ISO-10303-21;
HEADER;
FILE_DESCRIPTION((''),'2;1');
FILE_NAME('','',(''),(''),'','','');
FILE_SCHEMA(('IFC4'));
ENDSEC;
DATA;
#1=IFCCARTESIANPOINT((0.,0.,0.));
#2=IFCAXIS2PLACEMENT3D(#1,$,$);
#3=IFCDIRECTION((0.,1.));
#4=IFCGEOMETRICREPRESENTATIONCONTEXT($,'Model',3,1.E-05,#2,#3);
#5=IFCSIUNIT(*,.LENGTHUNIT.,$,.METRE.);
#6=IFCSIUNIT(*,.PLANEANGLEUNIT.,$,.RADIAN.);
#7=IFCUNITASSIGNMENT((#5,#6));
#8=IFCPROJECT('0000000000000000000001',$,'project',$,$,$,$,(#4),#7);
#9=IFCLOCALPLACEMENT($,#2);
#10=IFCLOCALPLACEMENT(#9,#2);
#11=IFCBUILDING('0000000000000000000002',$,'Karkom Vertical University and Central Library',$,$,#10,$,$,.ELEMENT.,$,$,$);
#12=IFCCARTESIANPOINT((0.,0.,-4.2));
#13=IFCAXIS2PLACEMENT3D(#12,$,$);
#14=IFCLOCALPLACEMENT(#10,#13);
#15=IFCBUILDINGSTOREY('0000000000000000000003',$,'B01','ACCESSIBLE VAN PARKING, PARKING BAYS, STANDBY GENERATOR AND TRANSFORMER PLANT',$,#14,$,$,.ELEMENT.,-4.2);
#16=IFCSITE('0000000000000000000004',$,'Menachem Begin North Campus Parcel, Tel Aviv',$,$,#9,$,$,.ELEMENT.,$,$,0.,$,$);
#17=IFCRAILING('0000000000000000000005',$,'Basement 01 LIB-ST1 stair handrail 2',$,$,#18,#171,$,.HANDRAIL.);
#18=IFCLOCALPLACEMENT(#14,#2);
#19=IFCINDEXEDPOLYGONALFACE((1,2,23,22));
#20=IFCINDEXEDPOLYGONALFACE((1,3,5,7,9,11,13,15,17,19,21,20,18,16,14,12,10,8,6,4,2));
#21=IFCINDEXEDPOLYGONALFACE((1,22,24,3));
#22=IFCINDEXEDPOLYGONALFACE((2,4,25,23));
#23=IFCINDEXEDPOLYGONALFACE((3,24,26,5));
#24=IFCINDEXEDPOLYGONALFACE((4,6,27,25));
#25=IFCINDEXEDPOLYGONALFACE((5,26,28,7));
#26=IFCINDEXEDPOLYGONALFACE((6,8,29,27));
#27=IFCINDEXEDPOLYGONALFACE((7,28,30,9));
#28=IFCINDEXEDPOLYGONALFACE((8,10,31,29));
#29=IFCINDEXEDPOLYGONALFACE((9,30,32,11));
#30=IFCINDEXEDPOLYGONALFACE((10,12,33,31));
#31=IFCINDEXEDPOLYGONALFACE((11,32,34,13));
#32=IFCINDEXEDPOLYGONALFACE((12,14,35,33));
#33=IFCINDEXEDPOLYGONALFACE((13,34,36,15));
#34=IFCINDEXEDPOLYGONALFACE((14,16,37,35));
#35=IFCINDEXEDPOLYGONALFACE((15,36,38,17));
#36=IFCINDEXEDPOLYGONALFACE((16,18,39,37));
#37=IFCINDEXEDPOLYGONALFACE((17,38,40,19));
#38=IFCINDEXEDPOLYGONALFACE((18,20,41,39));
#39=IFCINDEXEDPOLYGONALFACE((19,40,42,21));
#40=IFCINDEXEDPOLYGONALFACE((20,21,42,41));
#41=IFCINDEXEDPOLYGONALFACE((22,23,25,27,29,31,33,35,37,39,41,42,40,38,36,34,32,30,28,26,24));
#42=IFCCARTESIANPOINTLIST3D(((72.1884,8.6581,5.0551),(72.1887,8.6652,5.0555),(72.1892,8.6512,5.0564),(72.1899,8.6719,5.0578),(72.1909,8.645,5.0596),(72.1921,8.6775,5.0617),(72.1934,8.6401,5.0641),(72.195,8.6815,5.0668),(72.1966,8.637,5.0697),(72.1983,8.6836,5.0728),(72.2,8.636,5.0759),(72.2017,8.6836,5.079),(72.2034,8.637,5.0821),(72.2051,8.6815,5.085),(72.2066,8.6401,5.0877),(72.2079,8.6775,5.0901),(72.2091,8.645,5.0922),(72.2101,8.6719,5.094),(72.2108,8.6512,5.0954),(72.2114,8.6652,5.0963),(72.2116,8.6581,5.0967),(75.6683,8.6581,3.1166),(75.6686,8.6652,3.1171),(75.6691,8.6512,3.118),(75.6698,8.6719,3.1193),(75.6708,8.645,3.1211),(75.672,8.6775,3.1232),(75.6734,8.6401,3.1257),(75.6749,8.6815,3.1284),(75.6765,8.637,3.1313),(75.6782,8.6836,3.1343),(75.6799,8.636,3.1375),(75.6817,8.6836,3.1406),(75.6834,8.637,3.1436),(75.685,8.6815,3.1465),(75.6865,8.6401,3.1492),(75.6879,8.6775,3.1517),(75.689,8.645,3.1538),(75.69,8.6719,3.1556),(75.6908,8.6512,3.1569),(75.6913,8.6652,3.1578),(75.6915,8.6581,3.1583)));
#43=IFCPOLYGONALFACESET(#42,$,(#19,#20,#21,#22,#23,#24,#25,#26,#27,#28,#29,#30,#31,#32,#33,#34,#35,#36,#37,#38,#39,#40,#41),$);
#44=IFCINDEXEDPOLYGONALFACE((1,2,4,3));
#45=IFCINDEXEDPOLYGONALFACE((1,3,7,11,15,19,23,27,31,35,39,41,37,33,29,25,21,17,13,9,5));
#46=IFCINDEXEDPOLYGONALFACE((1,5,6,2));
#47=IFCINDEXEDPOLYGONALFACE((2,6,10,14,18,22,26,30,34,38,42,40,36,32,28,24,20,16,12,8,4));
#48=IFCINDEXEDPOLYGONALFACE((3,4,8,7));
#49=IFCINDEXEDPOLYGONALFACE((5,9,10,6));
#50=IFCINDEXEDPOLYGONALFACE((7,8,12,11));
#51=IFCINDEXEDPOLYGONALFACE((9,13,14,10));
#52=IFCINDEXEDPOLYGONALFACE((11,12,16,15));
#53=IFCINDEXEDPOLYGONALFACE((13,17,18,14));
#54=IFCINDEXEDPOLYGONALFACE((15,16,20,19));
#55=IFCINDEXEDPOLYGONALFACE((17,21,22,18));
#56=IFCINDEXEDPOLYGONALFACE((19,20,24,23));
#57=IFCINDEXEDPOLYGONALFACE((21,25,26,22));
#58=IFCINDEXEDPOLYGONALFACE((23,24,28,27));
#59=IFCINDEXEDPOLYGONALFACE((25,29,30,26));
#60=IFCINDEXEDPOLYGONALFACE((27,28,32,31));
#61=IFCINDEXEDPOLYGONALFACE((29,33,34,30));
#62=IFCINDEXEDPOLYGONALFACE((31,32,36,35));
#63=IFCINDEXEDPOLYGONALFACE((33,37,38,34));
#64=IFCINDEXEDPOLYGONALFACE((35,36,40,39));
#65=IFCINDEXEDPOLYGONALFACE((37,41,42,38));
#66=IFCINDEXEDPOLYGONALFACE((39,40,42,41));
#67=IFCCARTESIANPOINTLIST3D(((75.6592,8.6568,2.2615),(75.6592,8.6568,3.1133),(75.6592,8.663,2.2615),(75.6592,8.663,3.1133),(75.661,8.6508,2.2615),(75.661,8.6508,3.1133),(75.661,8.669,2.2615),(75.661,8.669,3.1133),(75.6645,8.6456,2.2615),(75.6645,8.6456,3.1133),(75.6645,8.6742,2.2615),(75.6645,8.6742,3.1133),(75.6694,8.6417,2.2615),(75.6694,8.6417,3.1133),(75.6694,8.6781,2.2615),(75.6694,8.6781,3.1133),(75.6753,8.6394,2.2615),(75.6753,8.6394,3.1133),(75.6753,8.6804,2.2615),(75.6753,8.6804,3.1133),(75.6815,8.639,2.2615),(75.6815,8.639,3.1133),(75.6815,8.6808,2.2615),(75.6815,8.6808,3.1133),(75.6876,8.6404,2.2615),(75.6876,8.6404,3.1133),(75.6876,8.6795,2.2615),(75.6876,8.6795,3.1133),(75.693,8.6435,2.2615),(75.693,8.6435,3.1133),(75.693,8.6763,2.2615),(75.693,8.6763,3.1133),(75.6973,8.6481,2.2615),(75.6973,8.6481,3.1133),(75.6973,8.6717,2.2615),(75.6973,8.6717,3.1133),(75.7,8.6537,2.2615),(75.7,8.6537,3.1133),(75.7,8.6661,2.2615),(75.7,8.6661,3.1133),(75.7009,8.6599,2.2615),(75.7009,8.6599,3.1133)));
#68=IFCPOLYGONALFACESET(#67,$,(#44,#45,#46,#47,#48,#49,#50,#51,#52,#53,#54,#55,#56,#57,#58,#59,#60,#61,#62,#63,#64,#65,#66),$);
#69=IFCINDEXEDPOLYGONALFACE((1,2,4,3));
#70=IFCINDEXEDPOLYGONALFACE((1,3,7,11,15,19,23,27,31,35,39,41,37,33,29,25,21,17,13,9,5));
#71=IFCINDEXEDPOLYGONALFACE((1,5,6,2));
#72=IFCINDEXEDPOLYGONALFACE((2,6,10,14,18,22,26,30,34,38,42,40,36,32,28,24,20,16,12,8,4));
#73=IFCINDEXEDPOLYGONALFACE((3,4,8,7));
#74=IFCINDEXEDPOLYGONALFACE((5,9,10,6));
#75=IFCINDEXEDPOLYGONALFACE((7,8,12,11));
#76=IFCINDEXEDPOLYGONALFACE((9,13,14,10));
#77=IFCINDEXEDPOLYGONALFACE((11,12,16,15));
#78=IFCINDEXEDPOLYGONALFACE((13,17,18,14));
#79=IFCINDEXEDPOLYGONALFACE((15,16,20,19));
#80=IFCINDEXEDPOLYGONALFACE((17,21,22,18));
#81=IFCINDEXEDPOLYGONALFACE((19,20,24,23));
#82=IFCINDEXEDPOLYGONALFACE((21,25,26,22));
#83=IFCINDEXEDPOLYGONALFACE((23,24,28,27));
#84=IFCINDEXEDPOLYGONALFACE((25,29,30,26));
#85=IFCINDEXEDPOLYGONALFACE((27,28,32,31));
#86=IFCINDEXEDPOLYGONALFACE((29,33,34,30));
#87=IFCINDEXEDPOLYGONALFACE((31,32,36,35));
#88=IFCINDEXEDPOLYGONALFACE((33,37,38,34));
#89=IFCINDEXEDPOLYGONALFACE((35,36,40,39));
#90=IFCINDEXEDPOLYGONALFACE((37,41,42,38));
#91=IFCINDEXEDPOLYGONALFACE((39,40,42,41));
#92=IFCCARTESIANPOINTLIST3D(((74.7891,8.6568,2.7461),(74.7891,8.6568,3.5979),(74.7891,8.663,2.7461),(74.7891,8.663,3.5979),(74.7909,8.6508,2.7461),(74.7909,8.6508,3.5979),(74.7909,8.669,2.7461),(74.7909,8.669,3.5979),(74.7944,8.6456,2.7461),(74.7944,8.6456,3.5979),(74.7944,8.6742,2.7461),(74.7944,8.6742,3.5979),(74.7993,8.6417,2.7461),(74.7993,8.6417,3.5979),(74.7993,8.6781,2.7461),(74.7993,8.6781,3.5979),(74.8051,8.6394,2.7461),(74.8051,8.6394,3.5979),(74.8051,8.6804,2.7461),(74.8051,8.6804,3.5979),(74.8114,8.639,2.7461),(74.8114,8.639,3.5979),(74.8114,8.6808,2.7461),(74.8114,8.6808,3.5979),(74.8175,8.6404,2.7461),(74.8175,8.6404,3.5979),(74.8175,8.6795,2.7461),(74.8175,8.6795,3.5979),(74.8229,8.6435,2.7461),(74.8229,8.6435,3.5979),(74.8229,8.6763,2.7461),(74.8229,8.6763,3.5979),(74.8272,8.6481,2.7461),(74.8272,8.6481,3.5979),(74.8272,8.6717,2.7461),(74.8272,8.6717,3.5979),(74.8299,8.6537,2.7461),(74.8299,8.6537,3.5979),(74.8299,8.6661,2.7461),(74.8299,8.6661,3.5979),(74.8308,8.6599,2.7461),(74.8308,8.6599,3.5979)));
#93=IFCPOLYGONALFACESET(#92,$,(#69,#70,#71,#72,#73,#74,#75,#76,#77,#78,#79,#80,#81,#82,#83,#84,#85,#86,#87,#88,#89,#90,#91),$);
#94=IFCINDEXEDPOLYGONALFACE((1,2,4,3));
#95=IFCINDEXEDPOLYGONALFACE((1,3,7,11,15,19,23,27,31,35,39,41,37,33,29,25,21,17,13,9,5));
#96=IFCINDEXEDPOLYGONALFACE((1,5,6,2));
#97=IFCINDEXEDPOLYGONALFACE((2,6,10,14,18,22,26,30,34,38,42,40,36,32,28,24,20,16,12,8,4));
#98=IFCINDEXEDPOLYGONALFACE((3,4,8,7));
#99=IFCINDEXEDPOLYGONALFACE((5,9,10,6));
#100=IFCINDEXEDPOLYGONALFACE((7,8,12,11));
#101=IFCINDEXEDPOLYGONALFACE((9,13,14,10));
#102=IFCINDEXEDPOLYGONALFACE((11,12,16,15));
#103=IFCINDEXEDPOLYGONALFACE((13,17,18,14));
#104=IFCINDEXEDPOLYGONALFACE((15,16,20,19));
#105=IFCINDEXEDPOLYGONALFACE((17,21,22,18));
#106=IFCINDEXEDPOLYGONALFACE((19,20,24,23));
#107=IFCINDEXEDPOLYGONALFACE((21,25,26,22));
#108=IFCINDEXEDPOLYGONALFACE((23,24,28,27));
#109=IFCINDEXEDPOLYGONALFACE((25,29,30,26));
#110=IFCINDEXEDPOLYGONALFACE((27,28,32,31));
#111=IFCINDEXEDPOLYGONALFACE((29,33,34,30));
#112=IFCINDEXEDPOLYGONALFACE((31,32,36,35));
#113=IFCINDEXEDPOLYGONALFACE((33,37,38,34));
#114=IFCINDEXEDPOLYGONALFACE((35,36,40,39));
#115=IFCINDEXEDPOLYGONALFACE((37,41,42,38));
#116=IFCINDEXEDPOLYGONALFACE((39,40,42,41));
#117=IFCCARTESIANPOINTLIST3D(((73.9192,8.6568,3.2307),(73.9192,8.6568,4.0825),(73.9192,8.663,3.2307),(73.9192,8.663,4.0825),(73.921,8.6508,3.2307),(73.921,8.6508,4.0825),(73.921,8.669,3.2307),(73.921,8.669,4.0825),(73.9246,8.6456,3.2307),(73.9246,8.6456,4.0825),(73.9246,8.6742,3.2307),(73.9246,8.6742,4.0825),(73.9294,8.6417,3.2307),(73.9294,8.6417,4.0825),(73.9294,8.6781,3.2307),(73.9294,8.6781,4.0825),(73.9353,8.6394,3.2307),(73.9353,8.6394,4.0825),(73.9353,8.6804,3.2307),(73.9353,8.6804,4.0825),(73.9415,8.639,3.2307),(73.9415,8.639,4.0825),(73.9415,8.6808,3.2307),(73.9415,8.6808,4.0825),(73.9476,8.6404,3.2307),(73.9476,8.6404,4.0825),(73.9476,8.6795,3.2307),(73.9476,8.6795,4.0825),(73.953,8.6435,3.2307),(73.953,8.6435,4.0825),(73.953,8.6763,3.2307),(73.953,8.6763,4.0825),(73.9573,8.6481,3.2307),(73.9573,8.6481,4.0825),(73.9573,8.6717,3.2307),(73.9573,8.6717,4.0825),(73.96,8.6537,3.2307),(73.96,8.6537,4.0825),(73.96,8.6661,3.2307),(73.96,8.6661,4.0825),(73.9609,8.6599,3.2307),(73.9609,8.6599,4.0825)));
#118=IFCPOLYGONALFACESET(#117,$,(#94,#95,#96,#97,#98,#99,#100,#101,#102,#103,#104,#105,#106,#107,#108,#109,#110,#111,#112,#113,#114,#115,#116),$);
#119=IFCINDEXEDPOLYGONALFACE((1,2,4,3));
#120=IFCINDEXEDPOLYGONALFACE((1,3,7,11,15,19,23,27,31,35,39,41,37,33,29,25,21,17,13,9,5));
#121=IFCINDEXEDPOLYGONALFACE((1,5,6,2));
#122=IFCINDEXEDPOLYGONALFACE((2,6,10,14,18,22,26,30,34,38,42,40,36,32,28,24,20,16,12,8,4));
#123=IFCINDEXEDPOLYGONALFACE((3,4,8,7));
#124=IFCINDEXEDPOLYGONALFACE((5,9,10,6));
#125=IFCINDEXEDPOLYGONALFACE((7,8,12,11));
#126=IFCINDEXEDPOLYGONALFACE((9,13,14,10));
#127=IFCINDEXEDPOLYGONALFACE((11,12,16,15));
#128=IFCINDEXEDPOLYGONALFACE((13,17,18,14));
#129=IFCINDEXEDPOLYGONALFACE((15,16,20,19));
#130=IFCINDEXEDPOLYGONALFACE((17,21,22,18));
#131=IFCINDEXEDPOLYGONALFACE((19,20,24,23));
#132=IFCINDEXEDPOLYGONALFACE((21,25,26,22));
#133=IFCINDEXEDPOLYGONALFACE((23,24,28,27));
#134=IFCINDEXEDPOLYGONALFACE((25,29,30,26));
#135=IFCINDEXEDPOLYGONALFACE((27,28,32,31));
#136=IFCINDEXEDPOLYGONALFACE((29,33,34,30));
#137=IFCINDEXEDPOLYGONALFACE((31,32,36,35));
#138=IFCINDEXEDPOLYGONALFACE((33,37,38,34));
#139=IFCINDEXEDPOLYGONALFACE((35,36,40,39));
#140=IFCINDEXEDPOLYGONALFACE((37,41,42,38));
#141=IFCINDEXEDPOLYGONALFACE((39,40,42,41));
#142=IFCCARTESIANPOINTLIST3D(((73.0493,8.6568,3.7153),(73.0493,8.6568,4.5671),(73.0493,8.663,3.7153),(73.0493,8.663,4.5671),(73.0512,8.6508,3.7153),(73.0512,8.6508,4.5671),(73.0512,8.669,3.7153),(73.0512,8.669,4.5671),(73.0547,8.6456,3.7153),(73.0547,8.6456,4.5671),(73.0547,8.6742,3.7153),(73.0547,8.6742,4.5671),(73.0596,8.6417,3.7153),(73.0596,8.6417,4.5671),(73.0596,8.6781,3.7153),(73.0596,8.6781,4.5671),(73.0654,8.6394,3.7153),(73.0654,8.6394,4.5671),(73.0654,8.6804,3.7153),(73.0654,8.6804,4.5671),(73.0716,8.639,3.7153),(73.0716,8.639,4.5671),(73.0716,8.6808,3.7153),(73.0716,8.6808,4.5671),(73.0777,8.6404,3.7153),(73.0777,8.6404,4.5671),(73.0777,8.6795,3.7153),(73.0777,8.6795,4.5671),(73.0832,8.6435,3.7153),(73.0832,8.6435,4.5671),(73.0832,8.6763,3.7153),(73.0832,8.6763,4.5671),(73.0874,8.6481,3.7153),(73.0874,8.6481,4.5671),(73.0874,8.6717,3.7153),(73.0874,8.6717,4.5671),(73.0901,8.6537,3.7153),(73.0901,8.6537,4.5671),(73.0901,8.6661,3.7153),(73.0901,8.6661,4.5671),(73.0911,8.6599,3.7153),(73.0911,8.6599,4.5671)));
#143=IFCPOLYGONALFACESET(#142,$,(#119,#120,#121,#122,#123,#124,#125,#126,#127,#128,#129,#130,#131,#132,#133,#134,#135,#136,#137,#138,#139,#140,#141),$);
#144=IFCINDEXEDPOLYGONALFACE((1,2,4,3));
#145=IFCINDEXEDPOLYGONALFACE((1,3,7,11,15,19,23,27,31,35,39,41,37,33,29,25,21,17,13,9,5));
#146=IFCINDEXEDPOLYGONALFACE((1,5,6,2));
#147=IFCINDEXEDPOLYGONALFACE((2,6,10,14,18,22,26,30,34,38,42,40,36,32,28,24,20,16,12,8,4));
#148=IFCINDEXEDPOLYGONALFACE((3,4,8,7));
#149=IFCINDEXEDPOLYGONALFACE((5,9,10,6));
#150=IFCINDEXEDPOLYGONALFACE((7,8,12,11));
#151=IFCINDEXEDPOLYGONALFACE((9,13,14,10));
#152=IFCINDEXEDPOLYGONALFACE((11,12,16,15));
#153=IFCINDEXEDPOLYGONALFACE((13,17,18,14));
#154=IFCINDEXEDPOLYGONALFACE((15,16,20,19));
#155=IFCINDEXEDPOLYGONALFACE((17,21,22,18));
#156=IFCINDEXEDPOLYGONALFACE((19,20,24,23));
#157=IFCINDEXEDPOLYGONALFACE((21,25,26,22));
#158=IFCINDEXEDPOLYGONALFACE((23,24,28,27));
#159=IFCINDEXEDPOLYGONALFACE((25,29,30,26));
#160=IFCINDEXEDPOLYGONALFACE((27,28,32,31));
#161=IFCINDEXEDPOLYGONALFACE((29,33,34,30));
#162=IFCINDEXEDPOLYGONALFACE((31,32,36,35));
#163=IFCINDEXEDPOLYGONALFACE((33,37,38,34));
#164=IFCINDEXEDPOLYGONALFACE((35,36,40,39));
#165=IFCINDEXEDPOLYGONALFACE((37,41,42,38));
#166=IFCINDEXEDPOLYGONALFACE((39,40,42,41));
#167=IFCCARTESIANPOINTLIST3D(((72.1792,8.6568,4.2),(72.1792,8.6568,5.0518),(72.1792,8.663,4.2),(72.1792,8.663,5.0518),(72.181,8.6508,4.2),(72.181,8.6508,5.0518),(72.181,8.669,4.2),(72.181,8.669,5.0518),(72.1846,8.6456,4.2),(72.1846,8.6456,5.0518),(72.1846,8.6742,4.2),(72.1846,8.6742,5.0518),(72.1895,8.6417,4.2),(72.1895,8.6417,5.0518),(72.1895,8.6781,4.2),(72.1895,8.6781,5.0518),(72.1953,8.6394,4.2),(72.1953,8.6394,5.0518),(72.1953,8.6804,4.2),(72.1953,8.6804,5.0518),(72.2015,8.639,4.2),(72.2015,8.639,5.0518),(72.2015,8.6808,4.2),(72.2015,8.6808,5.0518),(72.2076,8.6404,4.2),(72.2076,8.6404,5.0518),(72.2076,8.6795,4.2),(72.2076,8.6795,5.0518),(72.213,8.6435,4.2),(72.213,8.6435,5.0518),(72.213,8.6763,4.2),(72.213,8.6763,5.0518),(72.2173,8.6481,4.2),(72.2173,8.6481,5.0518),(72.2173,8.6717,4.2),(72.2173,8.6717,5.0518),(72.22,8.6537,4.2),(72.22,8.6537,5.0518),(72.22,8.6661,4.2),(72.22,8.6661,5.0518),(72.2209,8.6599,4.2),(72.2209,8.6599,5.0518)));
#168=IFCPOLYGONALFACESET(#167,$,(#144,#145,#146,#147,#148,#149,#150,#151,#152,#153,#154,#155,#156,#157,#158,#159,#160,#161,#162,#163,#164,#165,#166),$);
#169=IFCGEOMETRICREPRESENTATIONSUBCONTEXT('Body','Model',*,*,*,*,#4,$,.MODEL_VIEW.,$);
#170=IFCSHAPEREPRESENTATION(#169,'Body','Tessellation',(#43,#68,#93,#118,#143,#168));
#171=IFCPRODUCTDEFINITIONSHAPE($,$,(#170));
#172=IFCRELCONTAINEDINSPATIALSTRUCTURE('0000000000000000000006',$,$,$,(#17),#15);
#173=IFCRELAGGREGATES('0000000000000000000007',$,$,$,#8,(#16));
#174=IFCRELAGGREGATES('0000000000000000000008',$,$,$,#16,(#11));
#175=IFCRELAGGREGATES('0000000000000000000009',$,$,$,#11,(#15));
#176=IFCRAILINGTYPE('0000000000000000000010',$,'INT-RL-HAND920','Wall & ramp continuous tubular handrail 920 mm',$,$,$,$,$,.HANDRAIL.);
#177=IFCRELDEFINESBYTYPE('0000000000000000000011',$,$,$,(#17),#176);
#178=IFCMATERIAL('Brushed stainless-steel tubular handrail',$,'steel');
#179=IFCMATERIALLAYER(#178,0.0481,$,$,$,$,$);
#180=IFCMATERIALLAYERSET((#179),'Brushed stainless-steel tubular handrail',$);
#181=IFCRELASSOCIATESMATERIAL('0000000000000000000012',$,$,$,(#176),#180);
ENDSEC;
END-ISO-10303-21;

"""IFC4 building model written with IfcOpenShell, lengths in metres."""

from ifc_helpers import new_model, si_unit, direction, frame, origin, origin_2d, place, context, subcontext, project, spatial, circle, extrude, material, layer, layer_set, type_object, element, save


model = new_model("IFC4")

# Units and contexts
model_context = context("Model", 3, precision=1e-05, world=origin(), true_north=direction((0.0, 1.0)))
body_context = subcontext(model_context, "Body", "Model", "MODEL_VIEW")
ifc_project = project(units=[si_unit("LENGTHUNIT", "METRE"), si_unit("PLANEANGLEUNIT", "RADIAN")], contexts=[model_context])

# Site, building, storey
site_placement = place(None, origin())
site = spatial("IfcSite", under=ifc_project, at=site_placement, Name="Menachem Begin North Campus Parcel, Tel Aviv", CompositionType="ELEMENT", RefElevation=0.0)
building_placement = place(site_placement, origin())
building = spatial("IfcBuilding", under=site, at=building_placement, Name="Karkom Vertical University and Central Library", CompositionType="ELEMENT")
storey_placement = place(building_placement, frame((0.0, 0.0, -4.2)))
storey = spatial("IfcBuildingStorey", under=building, at=storey_placement, Name="B01", Description="ACCESSIBLE VAN PARKING, PARKING BAYS, STANDBY GENERATOR AND TRANSFORMER PLANT", CompositionType="ELEMENT", Elevation=-4.2)

# Railing
ifc_material_1 = material(Name="Brushed stainless-steel tubular handrail", Category="steel")
ifc_layer_1 = layer(ifc_material_1, 0.0481)
ifc_layer_set_1 = layer_set([ifc_layer_1], Name="Brushed stainless-steel tubular handrail")
railing_type_1 = type_object("IfcRailingType", Name="INT-RL-HAND920", Description="Wall & ramp continuous tubular handrail 920 mm", PredefinedType="HANDRAIL", material=ifc_layer_set_1)
railing_1_placement = place(storey_placement, frame((75.6799, 8.6599, 2.2615)))
element("IfcRailing", 1, at=railing_1_placement, inside=storey, type_object=railing_type_1, Name="Basement 01 LIB-ST1 stair handrail 2", PredefinedType="HANDRAIL", context=body_context, shape_type="SweptSolid", body=[
    extrude(circle(Radius=0.0239, at=origin_2d()), frame((0.0, 0.0, 0.876), z_axis=(-0.873607, 0.0, 0.486631), x_axis=(0.0, -1.0, 0.0)), (0.0, 0.0, 1.0), 3.9834),
    extrude(circle(Radius=0.021, at=origin_2d()), origin(), (0.0, 0.0, 1.0), 0.8518),
    extrude(circle(Radius=0.021, at=origin_2d()), frame((-0.8701, 0.0, 0.4846)), (0.0, 0.0, 1.0), 0.8518),
    extrude(circle(Radius=0.021, at=origin_2d()), frame((-1.74, 0.0, 0.9692)), (0.0, 0.0, 1.0), 0.8518),
    extrude(circle(Radius=0.021, at=origin_2d()), frame((-2.6099, 0.0, 1.4539)), (0.0, 0.0, 1.0), 0.8518),
    extrude(circle(Radius=0.021, at=origin_2d()), frame((-3.48, 0.0, 1.9385)), (0.0, 0.0, 1.0), 0.8518),
])

save(model, "model.ifc")
